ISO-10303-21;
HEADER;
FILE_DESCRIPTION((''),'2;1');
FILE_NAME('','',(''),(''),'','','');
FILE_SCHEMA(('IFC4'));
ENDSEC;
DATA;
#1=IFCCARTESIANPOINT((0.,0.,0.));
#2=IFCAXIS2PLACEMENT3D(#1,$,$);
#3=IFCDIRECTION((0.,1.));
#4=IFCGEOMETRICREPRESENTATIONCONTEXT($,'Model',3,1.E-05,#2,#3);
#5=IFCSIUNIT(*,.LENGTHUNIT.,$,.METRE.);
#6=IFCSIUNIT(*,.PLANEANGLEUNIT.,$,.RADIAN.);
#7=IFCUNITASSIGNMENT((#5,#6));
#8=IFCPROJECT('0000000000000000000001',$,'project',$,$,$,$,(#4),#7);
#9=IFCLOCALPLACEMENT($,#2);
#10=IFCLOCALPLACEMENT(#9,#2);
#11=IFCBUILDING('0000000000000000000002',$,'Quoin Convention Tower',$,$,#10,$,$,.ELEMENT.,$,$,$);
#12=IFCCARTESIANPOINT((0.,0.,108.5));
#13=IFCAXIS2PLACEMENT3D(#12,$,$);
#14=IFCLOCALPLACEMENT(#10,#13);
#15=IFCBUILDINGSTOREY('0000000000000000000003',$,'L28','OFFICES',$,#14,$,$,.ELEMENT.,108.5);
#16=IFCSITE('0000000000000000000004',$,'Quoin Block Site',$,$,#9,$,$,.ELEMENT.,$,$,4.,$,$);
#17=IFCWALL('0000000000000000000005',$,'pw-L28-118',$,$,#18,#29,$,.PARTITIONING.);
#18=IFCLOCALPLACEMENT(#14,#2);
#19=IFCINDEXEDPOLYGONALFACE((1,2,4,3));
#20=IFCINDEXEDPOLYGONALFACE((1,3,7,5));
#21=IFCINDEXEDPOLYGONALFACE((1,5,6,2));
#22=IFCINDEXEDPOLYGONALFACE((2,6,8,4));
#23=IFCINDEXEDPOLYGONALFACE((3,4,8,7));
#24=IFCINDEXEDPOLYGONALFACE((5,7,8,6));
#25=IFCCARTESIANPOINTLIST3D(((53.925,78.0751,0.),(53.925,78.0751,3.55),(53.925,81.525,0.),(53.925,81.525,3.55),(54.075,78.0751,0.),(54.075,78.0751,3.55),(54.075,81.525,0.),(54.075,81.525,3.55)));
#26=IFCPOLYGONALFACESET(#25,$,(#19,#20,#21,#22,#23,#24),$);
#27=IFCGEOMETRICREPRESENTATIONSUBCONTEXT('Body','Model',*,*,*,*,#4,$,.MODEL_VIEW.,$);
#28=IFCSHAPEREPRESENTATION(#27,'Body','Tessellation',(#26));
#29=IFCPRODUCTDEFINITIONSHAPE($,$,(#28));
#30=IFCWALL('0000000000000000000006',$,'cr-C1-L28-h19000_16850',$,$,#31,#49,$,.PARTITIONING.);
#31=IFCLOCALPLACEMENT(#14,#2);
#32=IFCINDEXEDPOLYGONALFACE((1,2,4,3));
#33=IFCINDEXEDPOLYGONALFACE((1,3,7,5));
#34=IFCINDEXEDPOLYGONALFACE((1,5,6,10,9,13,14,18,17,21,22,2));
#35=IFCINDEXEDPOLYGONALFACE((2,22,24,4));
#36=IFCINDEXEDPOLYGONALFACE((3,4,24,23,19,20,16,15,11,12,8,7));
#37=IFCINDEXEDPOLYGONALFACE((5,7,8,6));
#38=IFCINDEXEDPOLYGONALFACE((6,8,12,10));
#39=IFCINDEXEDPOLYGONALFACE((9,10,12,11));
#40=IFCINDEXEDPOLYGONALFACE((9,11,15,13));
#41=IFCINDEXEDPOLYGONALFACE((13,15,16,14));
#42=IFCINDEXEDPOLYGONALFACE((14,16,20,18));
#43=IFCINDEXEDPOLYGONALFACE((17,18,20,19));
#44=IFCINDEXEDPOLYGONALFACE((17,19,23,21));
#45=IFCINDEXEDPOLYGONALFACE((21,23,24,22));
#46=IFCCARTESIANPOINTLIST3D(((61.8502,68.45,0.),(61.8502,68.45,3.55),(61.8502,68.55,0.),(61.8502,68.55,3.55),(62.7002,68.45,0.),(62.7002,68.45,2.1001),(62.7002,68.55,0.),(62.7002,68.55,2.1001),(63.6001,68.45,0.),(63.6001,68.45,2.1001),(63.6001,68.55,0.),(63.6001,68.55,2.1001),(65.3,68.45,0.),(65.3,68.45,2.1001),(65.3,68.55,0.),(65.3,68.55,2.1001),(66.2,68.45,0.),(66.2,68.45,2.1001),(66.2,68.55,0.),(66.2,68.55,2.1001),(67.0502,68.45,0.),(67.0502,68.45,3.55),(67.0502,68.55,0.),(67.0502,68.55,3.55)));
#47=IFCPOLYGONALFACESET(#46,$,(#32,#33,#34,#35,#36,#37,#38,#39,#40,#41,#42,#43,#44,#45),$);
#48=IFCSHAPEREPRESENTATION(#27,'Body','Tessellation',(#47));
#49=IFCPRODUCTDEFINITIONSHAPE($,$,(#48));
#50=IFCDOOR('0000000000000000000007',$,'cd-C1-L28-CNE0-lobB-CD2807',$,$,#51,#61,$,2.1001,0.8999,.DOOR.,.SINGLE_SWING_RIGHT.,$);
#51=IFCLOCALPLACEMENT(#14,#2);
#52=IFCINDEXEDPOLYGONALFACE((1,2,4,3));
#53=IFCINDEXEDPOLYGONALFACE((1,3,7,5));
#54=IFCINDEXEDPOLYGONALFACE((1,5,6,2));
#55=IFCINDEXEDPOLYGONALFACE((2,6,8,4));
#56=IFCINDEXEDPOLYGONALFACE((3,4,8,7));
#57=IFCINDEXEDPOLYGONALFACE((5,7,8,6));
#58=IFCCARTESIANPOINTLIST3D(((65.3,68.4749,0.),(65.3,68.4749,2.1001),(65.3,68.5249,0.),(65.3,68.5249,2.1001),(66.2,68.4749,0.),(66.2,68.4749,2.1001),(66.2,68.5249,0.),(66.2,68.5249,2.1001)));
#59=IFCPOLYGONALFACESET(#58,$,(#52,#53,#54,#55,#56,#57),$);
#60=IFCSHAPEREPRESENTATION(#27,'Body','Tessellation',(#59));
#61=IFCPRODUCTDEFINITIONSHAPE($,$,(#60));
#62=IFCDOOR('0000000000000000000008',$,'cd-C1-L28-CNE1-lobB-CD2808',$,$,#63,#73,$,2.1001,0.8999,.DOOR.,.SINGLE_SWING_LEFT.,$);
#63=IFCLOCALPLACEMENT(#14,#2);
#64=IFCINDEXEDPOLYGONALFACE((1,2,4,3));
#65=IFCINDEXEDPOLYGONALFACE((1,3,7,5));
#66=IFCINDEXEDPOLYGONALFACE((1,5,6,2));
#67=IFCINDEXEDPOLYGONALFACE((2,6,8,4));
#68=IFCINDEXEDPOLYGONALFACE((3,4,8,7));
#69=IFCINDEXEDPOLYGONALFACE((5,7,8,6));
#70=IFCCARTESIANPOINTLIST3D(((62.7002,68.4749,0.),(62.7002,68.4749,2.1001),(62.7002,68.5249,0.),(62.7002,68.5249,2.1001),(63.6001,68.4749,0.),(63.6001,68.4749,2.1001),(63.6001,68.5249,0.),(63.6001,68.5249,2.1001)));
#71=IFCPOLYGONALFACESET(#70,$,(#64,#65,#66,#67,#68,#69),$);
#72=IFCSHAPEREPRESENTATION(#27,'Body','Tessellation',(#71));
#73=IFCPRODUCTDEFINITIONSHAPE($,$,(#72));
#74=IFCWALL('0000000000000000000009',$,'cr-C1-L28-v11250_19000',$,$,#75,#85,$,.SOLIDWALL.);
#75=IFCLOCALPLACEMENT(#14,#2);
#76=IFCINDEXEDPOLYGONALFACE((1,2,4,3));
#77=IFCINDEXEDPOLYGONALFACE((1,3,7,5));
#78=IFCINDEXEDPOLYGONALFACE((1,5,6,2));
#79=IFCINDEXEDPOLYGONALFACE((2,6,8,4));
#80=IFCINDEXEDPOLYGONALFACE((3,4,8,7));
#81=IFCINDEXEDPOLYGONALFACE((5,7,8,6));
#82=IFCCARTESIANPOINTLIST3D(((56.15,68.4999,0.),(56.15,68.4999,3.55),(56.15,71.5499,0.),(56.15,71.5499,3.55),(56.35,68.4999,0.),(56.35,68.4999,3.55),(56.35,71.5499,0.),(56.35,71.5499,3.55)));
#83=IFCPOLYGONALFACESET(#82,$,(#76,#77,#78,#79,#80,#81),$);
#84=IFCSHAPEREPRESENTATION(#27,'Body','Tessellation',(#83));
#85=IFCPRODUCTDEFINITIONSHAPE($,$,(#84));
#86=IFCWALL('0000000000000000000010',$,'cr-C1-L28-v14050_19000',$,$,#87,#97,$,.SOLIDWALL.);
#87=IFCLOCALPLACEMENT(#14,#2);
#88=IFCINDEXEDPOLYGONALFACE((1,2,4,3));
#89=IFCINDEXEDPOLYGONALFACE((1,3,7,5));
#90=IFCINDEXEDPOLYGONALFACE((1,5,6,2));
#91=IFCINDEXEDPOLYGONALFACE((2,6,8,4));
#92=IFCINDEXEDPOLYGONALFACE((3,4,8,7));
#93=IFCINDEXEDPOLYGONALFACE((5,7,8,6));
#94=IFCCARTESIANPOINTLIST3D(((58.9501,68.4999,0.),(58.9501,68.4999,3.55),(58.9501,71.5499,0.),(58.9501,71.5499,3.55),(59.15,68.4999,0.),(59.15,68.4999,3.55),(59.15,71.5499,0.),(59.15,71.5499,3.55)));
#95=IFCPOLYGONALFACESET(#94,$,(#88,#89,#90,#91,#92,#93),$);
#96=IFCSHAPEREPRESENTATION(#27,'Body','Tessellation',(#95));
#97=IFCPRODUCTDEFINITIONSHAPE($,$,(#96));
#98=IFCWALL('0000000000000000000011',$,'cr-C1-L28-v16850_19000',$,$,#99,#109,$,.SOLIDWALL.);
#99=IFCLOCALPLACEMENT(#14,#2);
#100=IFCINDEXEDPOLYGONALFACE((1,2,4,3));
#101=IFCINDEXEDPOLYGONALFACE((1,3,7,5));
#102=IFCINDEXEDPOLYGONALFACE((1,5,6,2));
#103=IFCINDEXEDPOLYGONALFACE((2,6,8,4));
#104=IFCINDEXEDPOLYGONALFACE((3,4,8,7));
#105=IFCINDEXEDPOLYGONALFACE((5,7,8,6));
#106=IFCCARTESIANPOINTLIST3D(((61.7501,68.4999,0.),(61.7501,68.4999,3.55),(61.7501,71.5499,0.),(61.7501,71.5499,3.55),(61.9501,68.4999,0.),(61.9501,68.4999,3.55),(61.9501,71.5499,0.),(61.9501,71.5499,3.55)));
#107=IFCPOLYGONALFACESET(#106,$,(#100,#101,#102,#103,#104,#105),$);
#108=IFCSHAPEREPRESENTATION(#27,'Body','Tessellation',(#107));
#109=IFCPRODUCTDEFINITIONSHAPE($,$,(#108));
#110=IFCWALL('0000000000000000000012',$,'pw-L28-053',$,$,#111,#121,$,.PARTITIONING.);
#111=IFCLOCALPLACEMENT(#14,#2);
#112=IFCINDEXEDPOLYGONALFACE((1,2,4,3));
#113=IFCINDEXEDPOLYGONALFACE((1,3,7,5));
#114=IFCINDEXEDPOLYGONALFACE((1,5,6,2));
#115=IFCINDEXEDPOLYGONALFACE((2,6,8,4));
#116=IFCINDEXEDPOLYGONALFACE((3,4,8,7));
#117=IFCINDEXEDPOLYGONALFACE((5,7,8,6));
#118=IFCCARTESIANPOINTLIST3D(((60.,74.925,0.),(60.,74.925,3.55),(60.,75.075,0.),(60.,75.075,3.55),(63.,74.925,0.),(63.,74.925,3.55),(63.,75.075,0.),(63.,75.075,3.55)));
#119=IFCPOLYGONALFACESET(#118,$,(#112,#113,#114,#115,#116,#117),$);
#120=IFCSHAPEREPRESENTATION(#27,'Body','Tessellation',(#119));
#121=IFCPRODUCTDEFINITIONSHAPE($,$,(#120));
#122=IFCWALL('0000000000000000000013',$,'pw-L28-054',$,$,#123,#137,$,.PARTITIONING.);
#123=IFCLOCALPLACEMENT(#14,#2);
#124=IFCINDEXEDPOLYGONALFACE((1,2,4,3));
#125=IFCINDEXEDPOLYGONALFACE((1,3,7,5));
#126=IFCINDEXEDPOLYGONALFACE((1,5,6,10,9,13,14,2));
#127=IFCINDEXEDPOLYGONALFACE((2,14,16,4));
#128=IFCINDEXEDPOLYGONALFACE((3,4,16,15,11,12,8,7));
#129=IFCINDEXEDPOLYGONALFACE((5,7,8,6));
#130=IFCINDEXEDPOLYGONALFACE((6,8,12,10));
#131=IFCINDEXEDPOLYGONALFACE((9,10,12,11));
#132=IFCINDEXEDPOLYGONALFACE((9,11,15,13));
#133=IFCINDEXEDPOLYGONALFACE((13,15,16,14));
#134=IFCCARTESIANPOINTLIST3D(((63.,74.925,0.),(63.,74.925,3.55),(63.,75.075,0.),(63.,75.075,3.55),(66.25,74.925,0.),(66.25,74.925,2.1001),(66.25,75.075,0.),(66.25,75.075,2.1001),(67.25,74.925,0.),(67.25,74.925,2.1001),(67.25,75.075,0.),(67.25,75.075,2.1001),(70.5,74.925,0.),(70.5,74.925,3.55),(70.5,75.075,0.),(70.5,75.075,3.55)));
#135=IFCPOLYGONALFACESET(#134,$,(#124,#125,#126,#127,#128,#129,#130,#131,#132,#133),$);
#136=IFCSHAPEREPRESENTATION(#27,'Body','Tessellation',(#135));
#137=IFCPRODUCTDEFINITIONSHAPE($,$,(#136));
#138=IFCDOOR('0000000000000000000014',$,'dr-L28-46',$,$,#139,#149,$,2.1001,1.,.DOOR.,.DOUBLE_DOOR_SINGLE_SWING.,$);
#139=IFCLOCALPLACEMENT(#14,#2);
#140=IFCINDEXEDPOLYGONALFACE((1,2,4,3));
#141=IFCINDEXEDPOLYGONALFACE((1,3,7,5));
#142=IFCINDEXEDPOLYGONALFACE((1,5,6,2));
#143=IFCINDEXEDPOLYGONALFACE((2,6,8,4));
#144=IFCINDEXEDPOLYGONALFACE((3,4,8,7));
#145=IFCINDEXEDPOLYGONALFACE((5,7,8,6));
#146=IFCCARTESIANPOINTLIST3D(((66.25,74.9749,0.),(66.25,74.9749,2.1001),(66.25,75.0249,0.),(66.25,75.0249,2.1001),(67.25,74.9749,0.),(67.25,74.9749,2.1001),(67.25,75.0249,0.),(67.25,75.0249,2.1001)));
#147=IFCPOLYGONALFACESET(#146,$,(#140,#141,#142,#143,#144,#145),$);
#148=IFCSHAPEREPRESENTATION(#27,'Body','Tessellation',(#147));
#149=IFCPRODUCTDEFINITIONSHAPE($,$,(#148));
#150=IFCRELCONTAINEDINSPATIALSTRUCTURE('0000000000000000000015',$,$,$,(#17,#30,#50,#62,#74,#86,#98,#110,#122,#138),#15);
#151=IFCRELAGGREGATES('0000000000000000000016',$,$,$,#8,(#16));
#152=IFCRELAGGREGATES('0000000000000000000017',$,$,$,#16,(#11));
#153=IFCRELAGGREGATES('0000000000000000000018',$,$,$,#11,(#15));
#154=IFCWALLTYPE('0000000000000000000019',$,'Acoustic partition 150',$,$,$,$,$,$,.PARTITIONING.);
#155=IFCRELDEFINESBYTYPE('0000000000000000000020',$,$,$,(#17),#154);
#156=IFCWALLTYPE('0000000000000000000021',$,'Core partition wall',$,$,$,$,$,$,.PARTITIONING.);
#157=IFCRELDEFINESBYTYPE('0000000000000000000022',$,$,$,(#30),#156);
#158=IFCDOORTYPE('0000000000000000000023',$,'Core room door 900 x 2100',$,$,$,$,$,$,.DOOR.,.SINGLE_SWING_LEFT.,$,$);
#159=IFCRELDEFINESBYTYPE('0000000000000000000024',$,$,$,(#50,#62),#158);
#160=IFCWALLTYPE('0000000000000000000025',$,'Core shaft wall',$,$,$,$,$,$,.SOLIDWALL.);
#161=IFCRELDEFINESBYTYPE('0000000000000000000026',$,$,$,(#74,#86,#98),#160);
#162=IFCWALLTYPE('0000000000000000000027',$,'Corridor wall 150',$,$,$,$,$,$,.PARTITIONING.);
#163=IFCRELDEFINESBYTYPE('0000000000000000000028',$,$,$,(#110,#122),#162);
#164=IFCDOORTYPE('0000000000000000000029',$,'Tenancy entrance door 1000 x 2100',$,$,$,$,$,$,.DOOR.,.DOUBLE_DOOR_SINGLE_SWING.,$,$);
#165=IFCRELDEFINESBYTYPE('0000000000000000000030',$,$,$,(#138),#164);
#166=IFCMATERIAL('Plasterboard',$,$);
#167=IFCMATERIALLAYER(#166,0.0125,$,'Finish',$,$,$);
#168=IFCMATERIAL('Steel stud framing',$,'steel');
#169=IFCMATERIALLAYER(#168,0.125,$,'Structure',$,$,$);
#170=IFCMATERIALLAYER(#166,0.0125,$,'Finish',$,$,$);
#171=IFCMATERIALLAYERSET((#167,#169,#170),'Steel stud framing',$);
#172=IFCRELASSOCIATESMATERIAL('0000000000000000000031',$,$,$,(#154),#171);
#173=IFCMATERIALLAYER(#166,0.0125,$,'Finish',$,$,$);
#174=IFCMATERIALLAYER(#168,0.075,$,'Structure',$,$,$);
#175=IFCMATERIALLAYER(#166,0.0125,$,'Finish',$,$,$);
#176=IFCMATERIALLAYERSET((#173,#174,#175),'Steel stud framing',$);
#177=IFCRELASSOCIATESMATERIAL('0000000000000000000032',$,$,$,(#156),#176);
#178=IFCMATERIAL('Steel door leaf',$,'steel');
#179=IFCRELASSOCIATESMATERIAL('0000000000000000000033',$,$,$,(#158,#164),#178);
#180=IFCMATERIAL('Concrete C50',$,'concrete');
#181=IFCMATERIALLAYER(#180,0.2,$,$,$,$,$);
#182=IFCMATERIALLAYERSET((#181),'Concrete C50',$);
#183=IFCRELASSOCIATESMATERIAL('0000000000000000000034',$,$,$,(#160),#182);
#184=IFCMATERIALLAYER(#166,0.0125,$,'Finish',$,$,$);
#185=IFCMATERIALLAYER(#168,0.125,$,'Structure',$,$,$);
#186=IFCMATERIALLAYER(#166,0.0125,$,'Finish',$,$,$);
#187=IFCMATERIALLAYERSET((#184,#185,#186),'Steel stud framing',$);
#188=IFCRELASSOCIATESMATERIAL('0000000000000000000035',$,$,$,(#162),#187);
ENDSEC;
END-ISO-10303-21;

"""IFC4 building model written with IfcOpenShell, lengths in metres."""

from ifc_helpers import new_model, si_unit, direction, frame, frame_2d, origin, place, context, subcontext, project, spatial, rectangle, extrude, material, layer, layer_set, type_object, element, fill, save


model = new_model("IFC4")

# Units and contexts
model_context = context("Model", 3, precision=1e-05, world=origin(), true_north=direction((0.0, 1.0)))
body_context = subcontext(model_context, "Body", "Model", "MODEL_VIEW")
ifc_project = project(units=[si_unit("LENGTHUNIT", "METRE"), si_unit("PLANEANGLEUNIT", "RADIAN")], contexts=[model_context])

# Site, building, storey
site_placement = place(None, origin())
site = spatial("IfcSite", under=ifc_project, at=site_placement, Name="Quoin Block Site", CompositionType="ELEMENT", RefElevation=4.0)
building_placement = place(site_placement, origin())
building = spatial("IfcBuilding", under=site, at=building_placement, Name="Quoin Convention Tower", CompositionType="ELEMENT")
storey_placement = place(building_placement, frame((0.0, 0.0, 108.5)))
storey = spatial("IfcBuildingStorey", under=building, at=storey_placement, Name="L28", Description="OFFICES", CompositionType="ELEMENT", Elevation=108.5)

# Shared definitions
ifc_material_1 = material(Name="Plasterboard")
ifc_layer_1 = layer(ifc_material_1, 0.0125, Name="Finish")
ifc_material_2 = material(Name="Steel stud framing", Category="steel")
ifc_layer_2 = layer(ifc_material_2, 0.125, Name="Structure")
ifc_layer_3 = layer(ifc_material_1, 0.0125, Name="Finish")
ifc_layer_set_1 = layer_set([ifc_layer_1, ifc_layer_2, ifc_layer_3], Name="Steel stud framing")
wall_type_1 = type_object("IfcWallType", Name="Acoustic partition 150", PredefinedType="PARTITIONING", material=ifc_layer_set_1)
ifc_material_3 = material(Name="Steel door leaf", Category="steel")

# Wall
for number, where, z_axis, x_axis, name in (
    (1, (54.0, 78.075, 0.0), (0.0, 0.0, 1.0), (0.0, 1.0, 0.0), "pw-L28-118"),
):
    element("IfcWall", number, at=place(storey_placement, frame(where, z_axis=z_axis, x_axis=x_axis)), inside=storey, type_object=wall_type_1, Name=name, PredefinedType="PARTITIONING", context=body_context, shape_type="SweptSolid", body=[
        extrude(rectangle(XDim=3.45, YDim=0.1499, at=frame_2d((1.7251, 0.0))), origin(), (0.0, 0.0, 1.0), 3.55),
    ])

# Wall, openings, doors
ifc_layer_4 = layer(ifc_material_1, 0.0125, Name="Finish")
ifc_layer_5 = layer(ifc_material_2, 0.075, Name="Structure")
ifc_layer_6 = layer(ifc_material_1, 0.0125, Name="Finish")
ifc_layer_set_2 = layer_set([ifc_layer_4, ifc_layer_5, ifc_layer_6], Name="Steel stud framing")
wall_type_2 = type_object("IfcWallType", Name="Core partition wall", PredefinedType="PARTITIONING", material=ifc_layer_set_2)
wall_1_placement = place(storey_placement, frame((61.8501, 68.5, 0.0), z_axis=(0.0, 0.0, 1.0), x_axis=(1.0, 0.0, 0.0)))
wall_1 = element("IfcWall", 2, at=wall_1_placement, inside=storey, type_object=wall_type_2, Name="cr-C1-L28-h19000_16850", PredefinedType="PARTITIONING", context=body_context, shape_type="SweptSolid", body=[
    extrude(rectangle(XDim=5.2, YDim=0.1001, at=frame_2d((2.6001, 0.0))), origin(), (0.0, 0.0, 1.0), 3.55),
])
opening_1_placement = place(wall_1_placement, frame((3.45, 0.0, 0.0)))
opening_1 = element("IfcOpeningElement", 3, at=opening_1_placement, cuts=wall_1, PredefinedType="OPENING", context=body_context, shape_type="SweptSolid", body=[
    extrude(rectangle(XDim=0.8999, YDim=2.1001, at=frame_2d((0.45, 1.05))), frame((0.0, 0.0601, 0.0), z_axis=(0.0, -1.0, 0.0), x_axis=(1.0, 0.0, 0.0)), (0.0, 0.0, 1.0), 0.1201),
])
opening_2_placement = place(wall_1_placement, frame((0.8501, 0.0, 0.0)))
opening_2 = element("IfcOpeningElement", 4, at=opening_2_placement, cuts=wall_1, PredefinedType="OPENING", context=body_context, shape_type="SweptSolid", body=[
    extrude(rectangle(XDim=0.8999, YDim=2.1001, at=frame_2d((0.45, 1.05))), frame((0.0, 0.0601, 0.0), z_axis=(0.0, -1.0, 0.0), x_axis=(1.0, 0.0, 0.0)), (0.0, 0.0, 1.0), 0.1201),
])
door_type_1 = type_object("IfcDoorType", Name="Core room door 900 x 2100", OperationType="SINGLE_SWING_LEFT", PredefinedType="DOOR", material=ifc_material_3)
door_1_placement = place(opening_1_placement, origin())
door_1 = element("IfcDoor", 5, at=door_1_placement, inside=storey, type_object=door_type_1, Name="cd-C1-L28-CNE0-lobB-CD2807", OperationType="SINGLE_SWING_RIGHT", OverallHeight=2.1001, OverallWidth=0.8999, PredefinedType="DOOR", context=body_context, shape_type="SweptSolid", body=[
    extrude(rectangle(XDim=0.8999, YDim=2.1001, at=frame_2d((0.45, 1.05))), frame((0.0, 0.0249, 0.0), z_axis=(0.0, -1.0, 0.0), x_axis=(1.0, 0.0, 0.0)), (0.0, 0.0, 1.0), 0.05),
])
fill(opening_1, door_1)
door_2_placement = place(opening_2_placement, origin())
door_2 = element("IfcDoor", 6, at=door_2_placement, inside=storey, type_object=door_type_1, Name="cd-C1-L28-CNE1-lobB-CD2808", OperationType="SINGLE_SWING_LEFT", OverallHeight=2.1001, OverallWidth=0.8999, PredefinedType="DOOR", context=body_context, shape_type="SweptSolid", body=[
    extrude(rectangle(XDim=0.8999, YDim=2.1001, at=frame_2d((0.45, 1.05))), frame((0.0, 0.0249, 0.0), z_axis=(0.0, -1.0, 0.0), x_axis=(1.0, 0.0, 0.0)), (0.0, 0.0, 1.0), 0.05),
])
fill(opening_2, door_2)

# Walls
ifc_material_4 = material(Name="Concrete C50", Category="concrete")
ifc_layer_7 = layer(ifc_material_4, 0.2)
ifc_layer_set_3 = layer_set([ifc_layer_7], Name="Concrete C50")
wall_type_3 = type_object("IfcWallType", Name="Core shaft wall", PredefinedType="SOLIDWALL", material=ifc_layer_set_3)
for number, where, z_axis, x_axis, name in (
    (7, (56.25, 68.5, 0.0), (0.0, 0.0, 1.0), (0.0, 1.0, 0.0), "cr-C1-L28-v11250_19000"),
    (8, (59.05, 68.5, 0.0), (0.0, 0.0, 1.0), (0.0, 1.0, 0.0), "cr-C1-L28-v14050_19000"),
    (9, (61.8501, 68.5, 0.0), (0.0, 0.0, 1.0), (0.0, 1.0, 0.0), "cr-C1-L28-v16850_19000"),
):
    element("IfcWall", number, at=place(storey_placement, frame(where, z_axis=z_axis, x_axis=x_axis)), inside=storey, type_object=wall_type_3, Name=name, PredefinedType="SOLIDWALL", context=body_context, shape_type="SweptSolid", body=[
        extrude(rectangle(XDim=3.05, YDim=0.2, at=frame_2d((1.5249, 0.0))), origin(), (0.0, 0.0, 1.0), 3.55),
    ])
ifc_layer_8 = layer(ifc_material_1, 0.0125, Name="Finish")
ifc_layer_9 = layer(ifc_material_2, 0.125, Name="Structure")
ifc_layer_10 = layer(ifc_material_1, 0.0125, Name="Finish")
ifc_layer_set_4 = layer_set([ifc_layer_8, ifc_layer_9, ifc_layer_10], Name="Steel stud framing")
wall_type_4 = type_object("IfcWallType", Name="Corridor wall 150", PredefinedType="PARTITIONING", material=ifc_layer_set_4)
wall_2_placement = place(storey_placement, frame((60.0, 75.0, 0.0), z_axis=(0.0, 0.0, 1.0), x_axis=(1.0, 0.0, 0.0)))
element("IfcWall", 10, at=wall_2_placement, inside=storey, type_object=wall_type_4, Name="pw-L28-053", PredefinedType="PARTITIONING", context=body_context, shape_type="SweptSolid", body=[
    extrude(rectangle(XDim=3.0, YDim=0.1499, at=frame_2d((1.5, 0.0))), origin(), (0.0, 0.0, 1.0), 3.55),
])

# Wall, opening, door
wall_3_placement = place(storey_placement, frame((63.0, 75.0, 0.0), z_axis=(0.0, 0.0, 1.0), x_axis=(1.0, 0.0, 0.0)))
wall_3 = element("IfcWall", 11, at=wall_3_placement, inside=storey, type_object=wall_type_4, Name="pw-L28-054", PredefinedType="PARTITIONING", context=body_context, shape_type="SweptSolid", body=[
    extrude(rectangle(XDim=7.5, YDim=0.1499, at=frame_2d((3.75, 0.0))), origin(), (0.0, 0.0, 1.0), 3.55),
])
opening_3_placement = place(wall_3_placement, frame((3.25, 0.0, 0.0)))
opening_3 = element("IfcOpeningElement", 12, at=opening_3_placement, cuts=wall_3, PredefinedType="OPENING", context=body_context, shape_type="SweptSolid", body=[
    extrude(rectangle(XDim=1.0, YDim=2.1001, at=frame_2d((0.5, 1.05))), frame((0.0, 0.085, 0.0), z_axis=(0.0, -1.0, 0.0), x_axis=(1.0, 0.0, 0.0)), (0.0, 0.0, 1.0), 0.1699),
])
door_type_2 = type_object("IfcDoorType", Name="Tenancy entrance door 1000 x 2100", OperationType="DOUBLE_DOOR_SINGLE_SWING", PredefinedType="DOOR", material=ifc_material_3)
door_3_placement = place(opening_3_placement, origin())
door_3 = element("IfcDoor", 13, at=door_3_placement, inside=storey, type_object=door_type_2, Name="dr-L28-46", OperationType="DOUBLE_DOOR_SINGLE_SWING", OverallHeight=2.1001, OverallWidth=1.0, PredefinedType="DOOR", context=body_context, shape_type="SweptSolid", body=[
    extrude(rectangle(XDim=1.0, YDim=2.1001, at=frame_2d((0.5, 1.05))), frame((0.0, 0.0249, 0.0), z_axis=(0.0, -1.0, 0.0), x_axis=(1.0, 0.0, 0.0)), (0.0, 0.0, 1.0), 0.05),
])
fill(opening_3, door_3)

save(model, "model.ifc")
